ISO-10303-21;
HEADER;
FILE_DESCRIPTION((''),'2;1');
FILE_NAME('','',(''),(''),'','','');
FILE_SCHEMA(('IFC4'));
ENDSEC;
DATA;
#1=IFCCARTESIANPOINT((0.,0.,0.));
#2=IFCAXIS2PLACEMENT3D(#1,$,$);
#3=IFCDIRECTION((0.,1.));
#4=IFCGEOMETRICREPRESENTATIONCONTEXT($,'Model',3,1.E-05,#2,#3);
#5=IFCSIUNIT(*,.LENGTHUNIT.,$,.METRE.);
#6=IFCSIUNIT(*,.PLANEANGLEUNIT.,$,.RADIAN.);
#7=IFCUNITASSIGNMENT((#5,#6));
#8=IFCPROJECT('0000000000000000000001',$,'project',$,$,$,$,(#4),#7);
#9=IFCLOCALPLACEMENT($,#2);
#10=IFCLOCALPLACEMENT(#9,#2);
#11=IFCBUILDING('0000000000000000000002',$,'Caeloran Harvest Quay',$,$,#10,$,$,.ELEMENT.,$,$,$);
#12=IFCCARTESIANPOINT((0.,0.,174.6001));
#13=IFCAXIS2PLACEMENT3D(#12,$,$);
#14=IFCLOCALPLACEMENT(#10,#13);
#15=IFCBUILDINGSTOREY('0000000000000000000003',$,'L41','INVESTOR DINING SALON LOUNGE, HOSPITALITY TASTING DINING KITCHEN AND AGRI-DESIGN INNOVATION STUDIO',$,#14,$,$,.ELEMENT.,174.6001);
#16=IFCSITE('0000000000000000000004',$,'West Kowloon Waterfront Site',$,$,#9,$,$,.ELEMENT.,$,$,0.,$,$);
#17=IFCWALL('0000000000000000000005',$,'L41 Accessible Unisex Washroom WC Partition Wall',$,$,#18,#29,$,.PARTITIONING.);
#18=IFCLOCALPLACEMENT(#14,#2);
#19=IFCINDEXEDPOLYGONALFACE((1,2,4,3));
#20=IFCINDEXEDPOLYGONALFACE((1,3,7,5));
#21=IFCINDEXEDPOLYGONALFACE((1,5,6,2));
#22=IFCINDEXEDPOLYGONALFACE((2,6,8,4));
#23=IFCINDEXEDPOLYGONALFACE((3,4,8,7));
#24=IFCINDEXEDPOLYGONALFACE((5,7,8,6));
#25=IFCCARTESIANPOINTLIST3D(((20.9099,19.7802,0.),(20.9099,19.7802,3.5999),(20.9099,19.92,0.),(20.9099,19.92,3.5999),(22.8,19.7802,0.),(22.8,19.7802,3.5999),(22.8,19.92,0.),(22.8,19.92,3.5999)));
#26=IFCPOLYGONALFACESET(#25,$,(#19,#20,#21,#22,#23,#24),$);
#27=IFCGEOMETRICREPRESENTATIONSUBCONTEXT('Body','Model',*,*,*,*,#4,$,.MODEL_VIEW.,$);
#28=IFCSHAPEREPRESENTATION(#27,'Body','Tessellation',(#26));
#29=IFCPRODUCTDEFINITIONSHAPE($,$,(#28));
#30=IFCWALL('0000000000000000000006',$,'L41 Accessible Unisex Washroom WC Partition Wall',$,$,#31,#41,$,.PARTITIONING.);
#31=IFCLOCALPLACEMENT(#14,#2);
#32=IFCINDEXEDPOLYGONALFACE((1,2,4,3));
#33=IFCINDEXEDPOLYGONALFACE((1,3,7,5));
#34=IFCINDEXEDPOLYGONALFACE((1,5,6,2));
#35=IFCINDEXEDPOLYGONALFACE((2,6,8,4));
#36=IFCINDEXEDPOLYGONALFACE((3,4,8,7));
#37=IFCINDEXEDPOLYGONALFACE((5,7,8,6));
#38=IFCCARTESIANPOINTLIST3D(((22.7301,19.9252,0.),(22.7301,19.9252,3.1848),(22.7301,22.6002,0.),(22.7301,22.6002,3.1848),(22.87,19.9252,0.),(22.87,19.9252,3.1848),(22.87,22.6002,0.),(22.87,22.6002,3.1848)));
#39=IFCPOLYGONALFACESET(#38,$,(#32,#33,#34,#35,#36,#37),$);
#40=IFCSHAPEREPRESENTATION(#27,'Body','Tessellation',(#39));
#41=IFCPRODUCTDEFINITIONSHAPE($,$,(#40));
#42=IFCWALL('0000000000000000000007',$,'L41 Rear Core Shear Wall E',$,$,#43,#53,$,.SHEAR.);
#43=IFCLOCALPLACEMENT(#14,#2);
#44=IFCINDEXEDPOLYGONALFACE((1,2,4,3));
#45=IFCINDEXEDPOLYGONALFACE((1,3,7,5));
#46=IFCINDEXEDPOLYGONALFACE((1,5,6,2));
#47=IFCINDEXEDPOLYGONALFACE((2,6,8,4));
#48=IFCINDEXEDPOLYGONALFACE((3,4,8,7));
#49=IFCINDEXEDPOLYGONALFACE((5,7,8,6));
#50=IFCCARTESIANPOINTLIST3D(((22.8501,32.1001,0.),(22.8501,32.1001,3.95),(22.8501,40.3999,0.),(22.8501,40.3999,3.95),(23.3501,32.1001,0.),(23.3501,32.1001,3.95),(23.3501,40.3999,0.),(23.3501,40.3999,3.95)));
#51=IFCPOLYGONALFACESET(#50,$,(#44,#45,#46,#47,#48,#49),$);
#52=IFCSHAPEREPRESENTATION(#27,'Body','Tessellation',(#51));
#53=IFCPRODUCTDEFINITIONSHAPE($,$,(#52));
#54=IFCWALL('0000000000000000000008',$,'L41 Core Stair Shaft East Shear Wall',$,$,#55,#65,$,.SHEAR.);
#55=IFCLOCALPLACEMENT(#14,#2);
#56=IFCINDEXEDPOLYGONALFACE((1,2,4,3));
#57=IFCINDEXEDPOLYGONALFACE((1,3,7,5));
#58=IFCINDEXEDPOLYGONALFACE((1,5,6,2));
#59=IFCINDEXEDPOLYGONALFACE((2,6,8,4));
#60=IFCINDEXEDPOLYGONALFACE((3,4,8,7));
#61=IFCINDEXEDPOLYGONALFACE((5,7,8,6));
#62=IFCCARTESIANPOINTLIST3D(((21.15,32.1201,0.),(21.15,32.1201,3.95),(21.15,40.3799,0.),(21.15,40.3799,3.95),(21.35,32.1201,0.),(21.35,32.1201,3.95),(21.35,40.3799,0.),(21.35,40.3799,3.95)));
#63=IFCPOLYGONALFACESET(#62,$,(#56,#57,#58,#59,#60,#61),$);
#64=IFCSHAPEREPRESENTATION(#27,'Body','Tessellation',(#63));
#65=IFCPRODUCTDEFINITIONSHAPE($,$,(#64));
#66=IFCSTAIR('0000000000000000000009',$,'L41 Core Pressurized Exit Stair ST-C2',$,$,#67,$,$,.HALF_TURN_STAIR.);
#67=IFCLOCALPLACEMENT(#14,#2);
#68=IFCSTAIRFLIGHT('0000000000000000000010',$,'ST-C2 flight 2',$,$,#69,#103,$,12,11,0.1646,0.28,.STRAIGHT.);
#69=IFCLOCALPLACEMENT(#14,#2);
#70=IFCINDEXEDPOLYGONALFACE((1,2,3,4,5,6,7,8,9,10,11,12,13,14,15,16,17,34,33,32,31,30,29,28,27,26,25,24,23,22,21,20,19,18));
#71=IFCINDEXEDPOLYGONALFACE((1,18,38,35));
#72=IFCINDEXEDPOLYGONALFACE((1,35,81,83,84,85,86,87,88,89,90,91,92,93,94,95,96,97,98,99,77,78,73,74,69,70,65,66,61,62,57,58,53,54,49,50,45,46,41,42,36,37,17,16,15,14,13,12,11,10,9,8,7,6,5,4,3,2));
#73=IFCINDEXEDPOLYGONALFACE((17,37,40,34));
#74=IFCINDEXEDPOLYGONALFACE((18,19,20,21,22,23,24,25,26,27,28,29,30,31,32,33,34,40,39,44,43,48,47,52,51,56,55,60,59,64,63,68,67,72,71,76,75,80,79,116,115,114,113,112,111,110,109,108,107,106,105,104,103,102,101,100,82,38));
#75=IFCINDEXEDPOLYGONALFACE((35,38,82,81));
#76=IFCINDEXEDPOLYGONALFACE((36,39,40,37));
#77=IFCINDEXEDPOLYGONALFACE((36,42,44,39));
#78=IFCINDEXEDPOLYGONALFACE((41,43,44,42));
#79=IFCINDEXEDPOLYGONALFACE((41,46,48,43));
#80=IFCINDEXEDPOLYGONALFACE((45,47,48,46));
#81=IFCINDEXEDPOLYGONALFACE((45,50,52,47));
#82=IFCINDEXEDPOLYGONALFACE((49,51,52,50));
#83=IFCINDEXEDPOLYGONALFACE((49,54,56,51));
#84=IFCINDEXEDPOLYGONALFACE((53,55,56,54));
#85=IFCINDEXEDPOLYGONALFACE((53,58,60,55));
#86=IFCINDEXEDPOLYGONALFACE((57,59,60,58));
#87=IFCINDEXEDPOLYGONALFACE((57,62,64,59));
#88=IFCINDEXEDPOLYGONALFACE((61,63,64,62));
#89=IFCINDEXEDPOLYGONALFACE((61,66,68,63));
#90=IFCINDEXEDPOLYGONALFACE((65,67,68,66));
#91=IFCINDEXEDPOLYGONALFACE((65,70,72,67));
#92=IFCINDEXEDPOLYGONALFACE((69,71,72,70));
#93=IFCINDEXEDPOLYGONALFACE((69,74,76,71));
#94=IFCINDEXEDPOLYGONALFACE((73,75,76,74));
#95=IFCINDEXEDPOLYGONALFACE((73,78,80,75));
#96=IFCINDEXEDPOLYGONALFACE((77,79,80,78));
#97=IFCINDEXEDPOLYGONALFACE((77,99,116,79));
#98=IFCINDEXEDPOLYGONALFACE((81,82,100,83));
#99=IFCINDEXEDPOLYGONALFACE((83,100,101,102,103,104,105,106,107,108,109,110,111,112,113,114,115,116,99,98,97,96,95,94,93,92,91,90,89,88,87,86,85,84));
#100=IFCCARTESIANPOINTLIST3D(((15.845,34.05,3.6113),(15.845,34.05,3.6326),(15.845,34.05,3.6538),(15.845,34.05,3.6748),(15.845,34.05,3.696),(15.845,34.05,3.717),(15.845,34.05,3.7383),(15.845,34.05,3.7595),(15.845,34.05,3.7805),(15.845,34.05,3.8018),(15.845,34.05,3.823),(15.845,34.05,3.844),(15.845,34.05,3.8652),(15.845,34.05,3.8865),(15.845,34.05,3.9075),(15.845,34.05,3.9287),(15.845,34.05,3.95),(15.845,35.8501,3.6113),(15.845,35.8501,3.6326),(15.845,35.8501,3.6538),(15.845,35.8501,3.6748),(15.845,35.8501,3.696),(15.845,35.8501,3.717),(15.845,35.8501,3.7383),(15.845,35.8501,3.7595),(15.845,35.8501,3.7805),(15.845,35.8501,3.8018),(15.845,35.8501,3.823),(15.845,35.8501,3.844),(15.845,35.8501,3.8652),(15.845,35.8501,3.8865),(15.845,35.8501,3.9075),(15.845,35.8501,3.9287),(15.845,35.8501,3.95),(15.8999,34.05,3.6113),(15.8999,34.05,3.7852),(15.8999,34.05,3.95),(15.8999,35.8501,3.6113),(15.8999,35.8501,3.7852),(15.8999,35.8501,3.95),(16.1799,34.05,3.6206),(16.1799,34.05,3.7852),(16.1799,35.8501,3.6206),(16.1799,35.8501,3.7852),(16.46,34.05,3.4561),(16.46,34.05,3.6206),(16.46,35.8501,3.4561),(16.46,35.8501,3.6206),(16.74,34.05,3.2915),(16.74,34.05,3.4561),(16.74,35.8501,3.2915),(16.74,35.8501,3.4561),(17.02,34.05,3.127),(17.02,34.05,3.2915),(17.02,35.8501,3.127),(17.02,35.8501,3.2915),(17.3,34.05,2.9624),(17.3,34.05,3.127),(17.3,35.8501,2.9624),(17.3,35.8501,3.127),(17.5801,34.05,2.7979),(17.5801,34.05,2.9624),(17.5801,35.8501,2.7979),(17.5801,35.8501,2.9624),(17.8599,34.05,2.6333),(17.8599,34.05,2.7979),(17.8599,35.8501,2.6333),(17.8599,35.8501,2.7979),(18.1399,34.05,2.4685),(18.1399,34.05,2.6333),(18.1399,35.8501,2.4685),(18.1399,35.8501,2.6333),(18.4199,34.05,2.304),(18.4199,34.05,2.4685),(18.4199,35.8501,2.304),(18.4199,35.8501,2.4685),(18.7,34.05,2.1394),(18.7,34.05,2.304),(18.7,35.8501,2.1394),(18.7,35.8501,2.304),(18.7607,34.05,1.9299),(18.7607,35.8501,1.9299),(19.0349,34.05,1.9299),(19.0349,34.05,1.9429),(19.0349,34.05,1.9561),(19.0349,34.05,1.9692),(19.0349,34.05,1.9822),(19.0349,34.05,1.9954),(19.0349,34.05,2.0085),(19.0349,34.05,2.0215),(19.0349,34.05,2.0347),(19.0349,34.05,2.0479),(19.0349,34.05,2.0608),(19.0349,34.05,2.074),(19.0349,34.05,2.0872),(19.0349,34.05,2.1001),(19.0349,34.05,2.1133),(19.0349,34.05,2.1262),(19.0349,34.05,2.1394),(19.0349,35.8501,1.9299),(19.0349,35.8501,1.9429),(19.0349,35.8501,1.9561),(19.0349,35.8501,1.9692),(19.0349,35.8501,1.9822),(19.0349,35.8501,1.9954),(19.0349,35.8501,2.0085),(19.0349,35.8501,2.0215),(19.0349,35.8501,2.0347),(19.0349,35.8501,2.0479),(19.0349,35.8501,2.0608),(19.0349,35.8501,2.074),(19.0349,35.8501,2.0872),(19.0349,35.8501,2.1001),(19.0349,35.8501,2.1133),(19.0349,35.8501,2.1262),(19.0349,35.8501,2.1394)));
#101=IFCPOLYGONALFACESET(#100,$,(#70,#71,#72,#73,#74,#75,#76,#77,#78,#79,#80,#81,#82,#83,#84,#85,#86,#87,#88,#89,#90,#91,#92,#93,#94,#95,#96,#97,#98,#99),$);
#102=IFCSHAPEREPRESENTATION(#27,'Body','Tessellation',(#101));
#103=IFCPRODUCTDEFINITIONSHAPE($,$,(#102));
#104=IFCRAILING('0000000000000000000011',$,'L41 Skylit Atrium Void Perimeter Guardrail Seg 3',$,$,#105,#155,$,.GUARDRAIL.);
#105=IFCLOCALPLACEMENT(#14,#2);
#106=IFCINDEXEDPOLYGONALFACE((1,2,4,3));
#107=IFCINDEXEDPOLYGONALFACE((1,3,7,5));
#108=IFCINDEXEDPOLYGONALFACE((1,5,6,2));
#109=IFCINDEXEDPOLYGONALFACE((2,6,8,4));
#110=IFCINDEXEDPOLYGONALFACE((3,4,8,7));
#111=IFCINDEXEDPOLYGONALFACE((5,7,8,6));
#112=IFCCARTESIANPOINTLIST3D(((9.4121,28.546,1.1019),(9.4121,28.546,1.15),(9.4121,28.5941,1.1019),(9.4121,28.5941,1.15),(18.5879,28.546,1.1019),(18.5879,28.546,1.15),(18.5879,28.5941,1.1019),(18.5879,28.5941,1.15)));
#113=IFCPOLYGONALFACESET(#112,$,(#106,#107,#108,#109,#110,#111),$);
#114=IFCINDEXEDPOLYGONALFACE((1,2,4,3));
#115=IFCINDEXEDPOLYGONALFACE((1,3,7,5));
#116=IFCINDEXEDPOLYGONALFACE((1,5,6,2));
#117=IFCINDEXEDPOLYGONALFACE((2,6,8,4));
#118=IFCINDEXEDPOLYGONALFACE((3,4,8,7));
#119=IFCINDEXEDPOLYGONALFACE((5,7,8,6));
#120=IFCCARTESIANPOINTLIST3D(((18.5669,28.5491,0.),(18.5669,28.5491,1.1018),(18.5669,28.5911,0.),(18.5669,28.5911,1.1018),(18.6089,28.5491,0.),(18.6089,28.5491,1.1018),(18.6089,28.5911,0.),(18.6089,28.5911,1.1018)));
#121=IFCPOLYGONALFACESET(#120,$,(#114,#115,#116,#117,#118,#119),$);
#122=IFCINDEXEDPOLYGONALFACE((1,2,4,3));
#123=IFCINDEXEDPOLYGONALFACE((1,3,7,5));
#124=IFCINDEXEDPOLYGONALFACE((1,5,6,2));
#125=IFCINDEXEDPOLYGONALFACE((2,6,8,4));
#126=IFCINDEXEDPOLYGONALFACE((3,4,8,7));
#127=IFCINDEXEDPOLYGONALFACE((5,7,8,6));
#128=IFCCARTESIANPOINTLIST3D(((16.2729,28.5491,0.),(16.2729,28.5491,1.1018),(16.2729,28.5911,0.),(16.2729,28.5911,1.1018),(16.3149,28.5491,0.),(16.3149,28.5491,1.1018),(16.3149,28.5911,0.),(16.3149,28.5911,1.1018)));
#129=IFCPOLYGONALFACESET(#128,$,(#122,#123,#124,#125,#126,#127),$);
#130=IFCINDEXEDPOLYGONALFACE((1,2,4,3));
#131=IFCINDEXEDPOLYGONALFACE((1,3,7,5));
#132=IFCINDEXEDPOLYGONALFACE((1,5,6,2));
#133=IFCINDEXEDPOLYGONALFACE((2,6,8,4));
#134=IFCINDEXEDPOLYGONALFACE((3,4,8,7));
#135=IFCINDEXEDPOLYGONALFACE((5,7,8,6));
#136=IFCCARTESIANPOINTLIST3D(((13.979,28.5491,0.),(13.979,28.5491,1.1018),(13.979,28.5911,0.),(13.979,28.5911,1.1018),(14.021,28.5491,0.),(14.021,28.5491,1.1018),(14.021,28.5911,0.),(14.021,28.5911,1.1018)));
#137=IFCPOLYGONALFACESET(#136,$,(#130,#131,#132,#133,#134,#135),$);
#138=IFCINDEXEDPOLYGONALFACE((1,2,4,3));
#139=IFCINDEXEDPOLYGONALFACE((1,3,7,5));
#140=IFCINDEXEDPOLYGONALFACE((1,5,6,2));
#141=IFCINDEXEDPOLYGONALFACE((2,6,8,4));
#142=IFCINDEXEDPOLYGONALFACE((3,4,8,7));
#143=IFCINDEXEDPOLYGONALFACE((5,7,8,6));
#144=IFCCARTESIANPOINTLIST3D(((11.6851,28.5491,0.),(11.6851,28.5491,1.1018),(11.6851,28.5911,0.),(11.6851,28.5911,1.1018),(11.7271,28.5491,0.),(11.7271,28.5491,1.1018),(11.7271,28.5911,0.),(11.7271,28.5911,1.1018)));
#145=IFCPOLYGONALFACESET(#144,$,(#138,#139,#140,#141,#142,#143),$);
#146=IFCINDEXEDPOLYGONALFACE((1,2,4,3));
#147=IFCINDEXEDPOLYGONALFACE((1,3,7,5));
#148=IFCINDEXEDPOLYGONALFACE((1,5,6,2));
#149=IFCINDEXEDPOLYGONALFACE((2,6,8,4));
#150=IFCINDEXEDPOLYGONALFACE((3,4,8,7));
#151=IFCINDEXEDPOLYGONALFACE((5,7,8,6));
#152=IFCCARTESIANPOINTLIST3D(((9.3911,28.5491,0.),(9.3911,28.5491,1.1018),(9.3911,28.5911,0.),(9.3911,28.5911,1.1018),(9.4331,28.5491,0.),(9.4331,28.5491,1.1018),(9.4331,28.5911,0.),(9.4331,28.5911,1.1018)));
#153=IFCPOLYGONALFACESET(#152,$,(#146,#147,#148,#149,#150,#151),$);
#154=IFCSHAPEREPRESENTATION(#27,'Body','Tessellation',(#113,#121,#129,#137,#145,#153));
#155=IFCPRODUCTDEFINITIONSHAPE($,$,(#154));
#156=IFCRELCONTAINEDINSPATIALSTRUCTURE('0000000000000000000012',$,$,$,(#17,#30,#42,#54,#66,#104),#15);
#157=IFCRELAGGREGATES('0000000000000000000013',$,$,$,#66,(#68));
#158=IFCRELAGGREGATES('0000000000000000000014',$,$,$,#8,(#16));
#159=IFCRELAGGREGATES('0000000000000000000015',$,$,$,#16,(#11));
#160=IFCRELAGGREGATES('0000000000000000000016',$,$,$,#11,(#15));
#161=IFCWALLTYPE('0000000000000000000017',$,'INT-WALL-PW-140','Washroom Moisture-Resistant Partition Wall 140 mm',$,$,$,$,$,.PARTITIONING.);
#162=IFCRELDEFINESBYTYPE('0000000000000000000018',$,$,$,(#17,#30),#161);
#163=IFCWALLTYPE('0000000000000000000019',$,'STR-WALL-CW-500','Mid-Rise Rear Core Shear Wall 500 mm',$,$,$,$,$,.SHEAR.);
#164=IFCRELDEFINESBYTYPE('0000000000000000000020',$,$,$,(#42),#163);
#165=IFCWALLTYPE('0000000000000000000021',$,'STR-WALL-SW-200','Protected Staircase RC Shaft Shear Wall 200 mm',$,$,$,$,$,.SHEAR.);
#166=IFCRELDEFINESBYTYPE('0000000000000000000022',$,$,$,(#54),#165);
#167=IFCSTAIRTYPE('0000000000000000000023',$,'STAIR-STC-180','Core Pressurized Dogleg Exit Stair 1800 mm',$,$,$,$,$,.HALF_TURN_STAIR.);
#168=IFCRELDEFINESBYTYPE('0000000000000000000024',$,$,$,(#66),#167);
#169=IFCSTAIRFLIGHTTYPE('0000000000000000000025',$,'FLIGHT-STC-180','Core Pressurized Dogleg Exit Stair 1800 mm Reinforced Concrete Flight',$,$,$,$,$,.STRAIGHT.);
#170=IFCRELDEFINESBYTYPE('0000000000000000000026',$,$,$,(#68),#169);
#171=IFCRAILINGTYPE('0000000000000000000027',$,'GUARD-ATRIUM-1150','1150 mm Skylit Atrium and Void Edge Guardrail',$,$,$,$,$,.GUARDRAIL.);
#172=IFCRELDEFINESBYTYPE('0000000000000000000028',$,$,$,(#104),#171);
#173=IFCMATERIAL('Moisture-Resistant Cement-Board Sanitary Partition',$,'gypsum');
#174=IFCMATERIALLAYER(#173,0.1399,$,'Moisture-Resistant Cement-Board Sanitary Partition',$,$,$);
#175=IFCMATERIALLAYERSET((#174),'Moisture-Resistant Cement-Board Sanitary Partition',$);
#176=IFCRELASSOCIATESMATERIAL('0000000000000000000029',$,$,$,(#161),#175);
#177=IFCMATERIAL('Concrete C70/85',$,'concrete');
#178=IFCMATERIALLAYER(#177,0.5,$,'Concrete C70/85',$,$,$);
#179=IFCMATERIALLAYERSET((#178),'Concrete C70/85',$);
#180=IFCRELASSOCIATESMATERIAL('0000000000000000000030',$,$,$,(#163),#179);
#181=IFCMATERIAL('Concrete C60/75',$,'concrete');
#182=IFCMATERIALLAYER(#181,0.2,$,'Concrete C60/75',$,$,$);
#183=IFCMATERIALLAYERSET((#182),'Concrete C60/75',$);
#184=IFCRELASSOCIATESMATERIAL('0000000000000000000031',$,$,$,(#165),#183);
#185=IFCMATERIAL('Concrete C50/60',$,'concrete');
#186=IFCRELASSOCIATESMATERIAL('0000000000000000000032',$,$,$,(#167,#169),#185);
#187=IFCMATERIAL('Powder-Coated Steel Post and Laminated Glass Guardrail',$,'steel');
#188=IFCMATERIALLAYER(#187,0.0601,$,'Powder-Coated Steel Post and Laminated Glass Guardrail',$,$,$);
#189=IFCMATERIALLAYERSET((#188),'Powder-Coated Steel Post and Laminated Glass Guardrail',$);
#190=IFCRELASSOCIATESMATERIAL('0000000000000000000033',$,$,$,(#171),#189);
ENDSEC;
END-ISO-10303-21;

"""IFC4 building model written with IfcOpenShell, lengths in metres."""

from ifc_helpers import new_model, si_unit, direction, frame, frame_2d, origin, origin_2d, place, context, subcontext, project, spatial, polyline, rectangle, outline, extrude, material, layer, layer_set, type_object, element, aggregate, save


model = new_model("IFC4")

# Units and contexts
model_context = context("Model", 3, precision=1e-05, world=origin(), true_north=direction((0.0, 1.0)))
body_context = subcontext(model_context, "Body", "Model", "MODEL_VIEW")
ifc_project = project(units=[si_unit("LENGTHUNIT", "METRE"), si_unit("PLANEANGLEUNIT", "RADIAN")], contexts=[model_context])

# Site, building, storey
site_placement = place(None, origin())
site = spatial("IfcSite", under=ifc_project, at=site_placement, Name="West Kowloon Waterfront Site", CompositionType="ELEMENT", RefElevation=0.0)
building_placement = place(site_placement, origin())
building = spatial("IfcBuilding", under=site, at=building_placement, Name="Caeloran Harvest Quay", CompositionType="ELEMENT")
storey_placement = place(building_placement, frame((0.0, 0.0, 174.6001)))
storey = spatial("IfcBuildingStorey", under=building, at=storey_placement, Name="L41", Description="INVESTOR DINING SALON LOUNGE, HOSPITALITY TASTING DINING KITCHEN AND AGRI-DESIGN INNOVATION STUDIO", CompositionType="ELEMENT", Elevation=174.6001)

# Shared definitions
ifc_material_1 = material(Name="Concrete C70/85", Category="concrete")

# Shared definitions
ifc_material_2 = material(Name="Moisture-Resistant Cement-Board Sanitary Partition", Category="gypsum")
ifc_layer_1 = layer(ifc_material_2, 0.1399, Name="Moisture-Resistant Cement-Board Sanitary Partition")
ifc_layer_set_1 = layer_set([ifc_layer_1], Name="Moisture-Resistant Cement-Board Sanitary Partition")
wall_type_1 = type_object("IfcWallType", Name="INT-WALL-PW-140", Description="Washroom Moisture-Resistant Partition Wall 140 mm", PredefinedType="PARTITIONING", material=ifc_layer_set_1)

# Wall
wall_1_placement = place(storey_placement, frame((22.8, 19.8501, 0.0), z_axis=(0.0, 0.0, 1.0), x_axis=(-1.0, 0.0, 0.0)))
element("IfcWall", 1, at=wall_1_placement, inside=storey, type_object=wall_type_1, Name="L41 Accessible Unisex Washroom WC Partition Wall", PredefinedType="PARTITIONING", context=body_context, shape_type="SweptSolid", body=[
    extrude(rectangle(XDim=1.8901, YDim=0.1399, at=frame_2d((0.9451, 0.0))), origin(), (0.0, 0.0, 1.0), 3.5999),
])

# Walls
wall_2_placement = place(storey_placement, frame((22.8, 22.6001, 0.0), z_axis=(0.0, 0.0, 1.0), x_axis=(0.0, -1.0, 0.0)))
element("IfcWall", 2, at=wall_2_placement, inside=storey, type_object=wall_type_1, Name="L41 Accessible Unisex Washroom WC Partition Wall", PredefinedType="PARTITIONING", context=body_context, shape_type="SweptSolid", body=[
    extrude(rectangle(XDim=2.675, YDim=0.1399, at=frame_2d((1.3374, 0.0))), origin(), (0.0, 0.0, 1.0), 3.1848),
])
ifc_layer_2 = layer(ifc_material_1, 0.5, Name="Concrete C70/85")
ifc_layer_set_2 = layer_set([ifc_layer_2], Name="Concrete C70/85")
wall_type_2 = type_object("IfcWallType", Name="STR-WALL-CW-500", Description="Mid-Rise Rear Core Shear Wall 500 mm", PredefinedType="SHEAR", material=ifc_layer_set_2)
wall_3_placement = place(storey_placement, frame((23.1001, 32.1001, 0.0), z_axis=(0.0, 0.0, 1.0), x_axis=(0.0, 1.0, 0.0)))
element("IfcWall", 3, at=wall_3_placement, inside=storey, type_object=wall_type_2, Name="L41 Rear Core Shear Wall E", PredefinedType="SHEAR", context=body_context, shape_type="SweptSolid", body=[
    extrude(rectangle(XDim=8.2998, YDim=0.5, at=frame_2d((4.1499, 0.0))), origin(), (0.0, 0.0, 1.0), 3.95),
])
ifc_material_3 = material(Name="Concrete C60/75", Category="concrete")
ifc_layer_3 = layer(ifc_material_3, 0.2, Name="Concrete C60/75")
ifc_layer_set_3 = layer_set([ifc_layer_3], Name="Concrete C60/75")
wall_type_3 = type_object("IfcWallType", Name="STR-WALL-SW-200", Description="Protected Staircase RC Shaft Shear Wall 200 mm", PredefinedType="SHEAR", material=ifc_layer_set_3)
wall_4_placement = place(storey_placement, frame((21.25, 32.1201, 0.0), z_axis=(0.0, 0.0, 1.0), x_axis=(0.0, 1.0, 0.0)))
element("IfcWall", 4, at=wall_4_placement, inside=storey, type_object=wall_type_3, Name="L41 Core Stair Shaft East Shear Wall", PredefinedType="SHEAR", context=body_context, shape_type="SweptSolid", body=[
    extrude(rectangle(XDim=8.2598, YDim=0.2, at=frame_2d((4.1299, 0.0))), origin(), (0.0, 0.0, 1.0), 3.95),
])

# Stair, stair flight
ifc_material_4 = material(Name="Concrete C50/60", Category="concrete")
stair_type = type_object("IfcStairType", Name="STAIR-STC-180", Description="Core Pressurized Dogleg Exit Stair 1800 mm", PredefinedType="HALF_TURN_STAIR", material=ifc_material_4)
stair_placement = place(storey_placement, origin())
stair = element("IfcStair", 5, at=stair_placement, inside=storey, type_object=stair_type, Name="L41 Core Pressurized Exit Stair ST-C2", PredefinedType="HALF_TURN_STAIR")
stair_flight_type = type_object("IfcStairFlightType", Name="FLIGHT-STC-180", Description="Core Pressurized Dogleg Exit Stair 1800 mm Reinforced Concrete Flight", PredefinedType="STRAIGHT", material=ifc_material_4)
stair_flight_placement = place(storey_placement, frame((18.98, 34.95, 1.9749), z_axis=(0.0, 0.0, 1.0), x_axis=(-1.0, 0.0, 0.0)))
stair_flight = element("IfcStairFlight", 6, at=stair_flight_placement, type_object=stair_flight_type, Name="ST-C2 flight 2", NumberOfRisers=12, NumberOfTreads=11, PredefinedType="STRAIGHT", RiserHeight=0.1646, TreadLength=0.28, context=body_context, shape_type="SweptSolid", body=[
    extrude(outline(polyline([(-0.0549, -0.0449), (-0.0549, -0.032), (-0.0549, -0.0188), (-0.0549, -0.0056), (-0.0549, 0.0073), (-0.0549, 0.0205), (-0.0549, 0.0337), (-0.0549, 0.0466), (-0.0549, 0.0598), (-0.0549, 0.073), (-0.0549, 0.0859), (-0.0549, 0.0991), (-0.0549, 0.1123), (-0.0549, 0.1252), (-0.0549, 0.1384), (-0.0549, 0.1514), (-0.0549, 0.1646), (0.28, 0.1646), (0.28, 0.3291), (0.5601, 0.3291), (0.5601, 0.4937), (0.8401, 0.4937), (0.8401, 0.6584), (1.1201, 0.6584), (1.1201, 0.823), (1.3999, 0.823), (1.3999, 0.9875), (1.6799, 0.9875), (1.6799, 1.1521), (1.96, 1.1521), (1.96, 1.3167), (2.24, 1.3167), (2.24, 1.4812), (2.52, 1.4812), (2.52, 1.6458), (2.8, 1.6458), (2.8, 1.8103), (3.0801, 1.8103), (3.0801, 1.9751), (3.135, 1.9751), (3.135, 1.9539), (3.135, 1.9326), (3.135, 1.9116), (3.135, 1.8904), (3.135, 1.8691), (3.135, 1.8481), (3.135, 1.8269), (3.135, 1.8057), (3.135, 1.7847), (3.135, 1.7634), (3.135, 1.7422), (3.135, 1.7212), (3.135, 1.7), (3.135, 1.679), (3.135, 1.6577), (3.135, 1.6365), (3.0801, 1.6365), (0.2192, -0.0449), (-0.0549, -0.0449)])), frame((0.0, 0.8999, 0.0), z_axis=(0.0, -1.0, 0.0), x_axis=(1.0, 0.0, 0.0)), (0.0, 0.0, 1.0), 1.8),
])
aggregate(stair, [stair_flight])

# Railing
ifc_material_5 = material(Name="Powder-Coated Steel Post and Laminated Glass Guardrail", Category="steel")
ifc_layer_4 = layer(ifc_material_5, 0.0601, Name="Powder-Coated Steel Post and Laminated Glass Guardrail")
ifc_layer_set_4 = layer_set([ifc_layer_4], Name="Powder-Coated Steel Post and Laminated Glass Guardrail")
railing_type_1 = type_object("IfcRailingType", Name="GUARD-ATRIUM-1150", Description="1150 mm Skylit Atrium and Void Edge Guardrail", PredefinedType="GUARDRAIL", material=ifc_layer_set_4)
railing_1_placement = place(storey_placement, frame((18.5879, 28.5701, 0.0)))
element("IfcRailing", 7, at=railing_1_placement, inside=storey, type_object=railing_type_1, Name="L41 Skylit Atrium Void Perimeter Guardrail Seg 3", PredefinedType="GUARDRAIL", context=body_context, shape_type="SweptSolid", body=[
    extrude(rectangle(XDim=0.0481, YDim=0.0481, at=origin_2d()), frame((0.0, 0.0, 1.126), z_axis=(-1.0, 0.0, 0.0), x_axis=(0.0, -1.0, 0.0)), (0.0, 0.0, 1.0), 9.1758),
    extrude(rectangle(XDim=0.042, YDim=0.042, at=origin_2d()), origin(), (0.0, 0.0, 1.0), 1.1018),
    extrude(rectangle(XDim=0.042, YDim=0.042, at=origin_2d()), frame((-2.2939, 0.0, 0.0)), (0.0, 0.0, 1.0), 1.1018),
    extrude(rectangle(XDim=0.042, YDim=0.042, at=origin_2d()), frame((-4.5879, 0.0, 0.0)), (0.0, 0.0, 1.0), 1.1018),
    extrude(rectangle(XDim=0.042, YDim=0.042, at=origin_2d()), frame((-6.8818, 0.0, 0.0)), (0.0, 0.0, 1.0), 1.1018),
    extrude(rectangle(XDim=0.042, YDim=0.042, at=origin_2d()), frame((-9.1758, 0.0, 0.0)), (0.0, 0.0, 1.0), 1.1018),
])

save(model, "model.ifc")
